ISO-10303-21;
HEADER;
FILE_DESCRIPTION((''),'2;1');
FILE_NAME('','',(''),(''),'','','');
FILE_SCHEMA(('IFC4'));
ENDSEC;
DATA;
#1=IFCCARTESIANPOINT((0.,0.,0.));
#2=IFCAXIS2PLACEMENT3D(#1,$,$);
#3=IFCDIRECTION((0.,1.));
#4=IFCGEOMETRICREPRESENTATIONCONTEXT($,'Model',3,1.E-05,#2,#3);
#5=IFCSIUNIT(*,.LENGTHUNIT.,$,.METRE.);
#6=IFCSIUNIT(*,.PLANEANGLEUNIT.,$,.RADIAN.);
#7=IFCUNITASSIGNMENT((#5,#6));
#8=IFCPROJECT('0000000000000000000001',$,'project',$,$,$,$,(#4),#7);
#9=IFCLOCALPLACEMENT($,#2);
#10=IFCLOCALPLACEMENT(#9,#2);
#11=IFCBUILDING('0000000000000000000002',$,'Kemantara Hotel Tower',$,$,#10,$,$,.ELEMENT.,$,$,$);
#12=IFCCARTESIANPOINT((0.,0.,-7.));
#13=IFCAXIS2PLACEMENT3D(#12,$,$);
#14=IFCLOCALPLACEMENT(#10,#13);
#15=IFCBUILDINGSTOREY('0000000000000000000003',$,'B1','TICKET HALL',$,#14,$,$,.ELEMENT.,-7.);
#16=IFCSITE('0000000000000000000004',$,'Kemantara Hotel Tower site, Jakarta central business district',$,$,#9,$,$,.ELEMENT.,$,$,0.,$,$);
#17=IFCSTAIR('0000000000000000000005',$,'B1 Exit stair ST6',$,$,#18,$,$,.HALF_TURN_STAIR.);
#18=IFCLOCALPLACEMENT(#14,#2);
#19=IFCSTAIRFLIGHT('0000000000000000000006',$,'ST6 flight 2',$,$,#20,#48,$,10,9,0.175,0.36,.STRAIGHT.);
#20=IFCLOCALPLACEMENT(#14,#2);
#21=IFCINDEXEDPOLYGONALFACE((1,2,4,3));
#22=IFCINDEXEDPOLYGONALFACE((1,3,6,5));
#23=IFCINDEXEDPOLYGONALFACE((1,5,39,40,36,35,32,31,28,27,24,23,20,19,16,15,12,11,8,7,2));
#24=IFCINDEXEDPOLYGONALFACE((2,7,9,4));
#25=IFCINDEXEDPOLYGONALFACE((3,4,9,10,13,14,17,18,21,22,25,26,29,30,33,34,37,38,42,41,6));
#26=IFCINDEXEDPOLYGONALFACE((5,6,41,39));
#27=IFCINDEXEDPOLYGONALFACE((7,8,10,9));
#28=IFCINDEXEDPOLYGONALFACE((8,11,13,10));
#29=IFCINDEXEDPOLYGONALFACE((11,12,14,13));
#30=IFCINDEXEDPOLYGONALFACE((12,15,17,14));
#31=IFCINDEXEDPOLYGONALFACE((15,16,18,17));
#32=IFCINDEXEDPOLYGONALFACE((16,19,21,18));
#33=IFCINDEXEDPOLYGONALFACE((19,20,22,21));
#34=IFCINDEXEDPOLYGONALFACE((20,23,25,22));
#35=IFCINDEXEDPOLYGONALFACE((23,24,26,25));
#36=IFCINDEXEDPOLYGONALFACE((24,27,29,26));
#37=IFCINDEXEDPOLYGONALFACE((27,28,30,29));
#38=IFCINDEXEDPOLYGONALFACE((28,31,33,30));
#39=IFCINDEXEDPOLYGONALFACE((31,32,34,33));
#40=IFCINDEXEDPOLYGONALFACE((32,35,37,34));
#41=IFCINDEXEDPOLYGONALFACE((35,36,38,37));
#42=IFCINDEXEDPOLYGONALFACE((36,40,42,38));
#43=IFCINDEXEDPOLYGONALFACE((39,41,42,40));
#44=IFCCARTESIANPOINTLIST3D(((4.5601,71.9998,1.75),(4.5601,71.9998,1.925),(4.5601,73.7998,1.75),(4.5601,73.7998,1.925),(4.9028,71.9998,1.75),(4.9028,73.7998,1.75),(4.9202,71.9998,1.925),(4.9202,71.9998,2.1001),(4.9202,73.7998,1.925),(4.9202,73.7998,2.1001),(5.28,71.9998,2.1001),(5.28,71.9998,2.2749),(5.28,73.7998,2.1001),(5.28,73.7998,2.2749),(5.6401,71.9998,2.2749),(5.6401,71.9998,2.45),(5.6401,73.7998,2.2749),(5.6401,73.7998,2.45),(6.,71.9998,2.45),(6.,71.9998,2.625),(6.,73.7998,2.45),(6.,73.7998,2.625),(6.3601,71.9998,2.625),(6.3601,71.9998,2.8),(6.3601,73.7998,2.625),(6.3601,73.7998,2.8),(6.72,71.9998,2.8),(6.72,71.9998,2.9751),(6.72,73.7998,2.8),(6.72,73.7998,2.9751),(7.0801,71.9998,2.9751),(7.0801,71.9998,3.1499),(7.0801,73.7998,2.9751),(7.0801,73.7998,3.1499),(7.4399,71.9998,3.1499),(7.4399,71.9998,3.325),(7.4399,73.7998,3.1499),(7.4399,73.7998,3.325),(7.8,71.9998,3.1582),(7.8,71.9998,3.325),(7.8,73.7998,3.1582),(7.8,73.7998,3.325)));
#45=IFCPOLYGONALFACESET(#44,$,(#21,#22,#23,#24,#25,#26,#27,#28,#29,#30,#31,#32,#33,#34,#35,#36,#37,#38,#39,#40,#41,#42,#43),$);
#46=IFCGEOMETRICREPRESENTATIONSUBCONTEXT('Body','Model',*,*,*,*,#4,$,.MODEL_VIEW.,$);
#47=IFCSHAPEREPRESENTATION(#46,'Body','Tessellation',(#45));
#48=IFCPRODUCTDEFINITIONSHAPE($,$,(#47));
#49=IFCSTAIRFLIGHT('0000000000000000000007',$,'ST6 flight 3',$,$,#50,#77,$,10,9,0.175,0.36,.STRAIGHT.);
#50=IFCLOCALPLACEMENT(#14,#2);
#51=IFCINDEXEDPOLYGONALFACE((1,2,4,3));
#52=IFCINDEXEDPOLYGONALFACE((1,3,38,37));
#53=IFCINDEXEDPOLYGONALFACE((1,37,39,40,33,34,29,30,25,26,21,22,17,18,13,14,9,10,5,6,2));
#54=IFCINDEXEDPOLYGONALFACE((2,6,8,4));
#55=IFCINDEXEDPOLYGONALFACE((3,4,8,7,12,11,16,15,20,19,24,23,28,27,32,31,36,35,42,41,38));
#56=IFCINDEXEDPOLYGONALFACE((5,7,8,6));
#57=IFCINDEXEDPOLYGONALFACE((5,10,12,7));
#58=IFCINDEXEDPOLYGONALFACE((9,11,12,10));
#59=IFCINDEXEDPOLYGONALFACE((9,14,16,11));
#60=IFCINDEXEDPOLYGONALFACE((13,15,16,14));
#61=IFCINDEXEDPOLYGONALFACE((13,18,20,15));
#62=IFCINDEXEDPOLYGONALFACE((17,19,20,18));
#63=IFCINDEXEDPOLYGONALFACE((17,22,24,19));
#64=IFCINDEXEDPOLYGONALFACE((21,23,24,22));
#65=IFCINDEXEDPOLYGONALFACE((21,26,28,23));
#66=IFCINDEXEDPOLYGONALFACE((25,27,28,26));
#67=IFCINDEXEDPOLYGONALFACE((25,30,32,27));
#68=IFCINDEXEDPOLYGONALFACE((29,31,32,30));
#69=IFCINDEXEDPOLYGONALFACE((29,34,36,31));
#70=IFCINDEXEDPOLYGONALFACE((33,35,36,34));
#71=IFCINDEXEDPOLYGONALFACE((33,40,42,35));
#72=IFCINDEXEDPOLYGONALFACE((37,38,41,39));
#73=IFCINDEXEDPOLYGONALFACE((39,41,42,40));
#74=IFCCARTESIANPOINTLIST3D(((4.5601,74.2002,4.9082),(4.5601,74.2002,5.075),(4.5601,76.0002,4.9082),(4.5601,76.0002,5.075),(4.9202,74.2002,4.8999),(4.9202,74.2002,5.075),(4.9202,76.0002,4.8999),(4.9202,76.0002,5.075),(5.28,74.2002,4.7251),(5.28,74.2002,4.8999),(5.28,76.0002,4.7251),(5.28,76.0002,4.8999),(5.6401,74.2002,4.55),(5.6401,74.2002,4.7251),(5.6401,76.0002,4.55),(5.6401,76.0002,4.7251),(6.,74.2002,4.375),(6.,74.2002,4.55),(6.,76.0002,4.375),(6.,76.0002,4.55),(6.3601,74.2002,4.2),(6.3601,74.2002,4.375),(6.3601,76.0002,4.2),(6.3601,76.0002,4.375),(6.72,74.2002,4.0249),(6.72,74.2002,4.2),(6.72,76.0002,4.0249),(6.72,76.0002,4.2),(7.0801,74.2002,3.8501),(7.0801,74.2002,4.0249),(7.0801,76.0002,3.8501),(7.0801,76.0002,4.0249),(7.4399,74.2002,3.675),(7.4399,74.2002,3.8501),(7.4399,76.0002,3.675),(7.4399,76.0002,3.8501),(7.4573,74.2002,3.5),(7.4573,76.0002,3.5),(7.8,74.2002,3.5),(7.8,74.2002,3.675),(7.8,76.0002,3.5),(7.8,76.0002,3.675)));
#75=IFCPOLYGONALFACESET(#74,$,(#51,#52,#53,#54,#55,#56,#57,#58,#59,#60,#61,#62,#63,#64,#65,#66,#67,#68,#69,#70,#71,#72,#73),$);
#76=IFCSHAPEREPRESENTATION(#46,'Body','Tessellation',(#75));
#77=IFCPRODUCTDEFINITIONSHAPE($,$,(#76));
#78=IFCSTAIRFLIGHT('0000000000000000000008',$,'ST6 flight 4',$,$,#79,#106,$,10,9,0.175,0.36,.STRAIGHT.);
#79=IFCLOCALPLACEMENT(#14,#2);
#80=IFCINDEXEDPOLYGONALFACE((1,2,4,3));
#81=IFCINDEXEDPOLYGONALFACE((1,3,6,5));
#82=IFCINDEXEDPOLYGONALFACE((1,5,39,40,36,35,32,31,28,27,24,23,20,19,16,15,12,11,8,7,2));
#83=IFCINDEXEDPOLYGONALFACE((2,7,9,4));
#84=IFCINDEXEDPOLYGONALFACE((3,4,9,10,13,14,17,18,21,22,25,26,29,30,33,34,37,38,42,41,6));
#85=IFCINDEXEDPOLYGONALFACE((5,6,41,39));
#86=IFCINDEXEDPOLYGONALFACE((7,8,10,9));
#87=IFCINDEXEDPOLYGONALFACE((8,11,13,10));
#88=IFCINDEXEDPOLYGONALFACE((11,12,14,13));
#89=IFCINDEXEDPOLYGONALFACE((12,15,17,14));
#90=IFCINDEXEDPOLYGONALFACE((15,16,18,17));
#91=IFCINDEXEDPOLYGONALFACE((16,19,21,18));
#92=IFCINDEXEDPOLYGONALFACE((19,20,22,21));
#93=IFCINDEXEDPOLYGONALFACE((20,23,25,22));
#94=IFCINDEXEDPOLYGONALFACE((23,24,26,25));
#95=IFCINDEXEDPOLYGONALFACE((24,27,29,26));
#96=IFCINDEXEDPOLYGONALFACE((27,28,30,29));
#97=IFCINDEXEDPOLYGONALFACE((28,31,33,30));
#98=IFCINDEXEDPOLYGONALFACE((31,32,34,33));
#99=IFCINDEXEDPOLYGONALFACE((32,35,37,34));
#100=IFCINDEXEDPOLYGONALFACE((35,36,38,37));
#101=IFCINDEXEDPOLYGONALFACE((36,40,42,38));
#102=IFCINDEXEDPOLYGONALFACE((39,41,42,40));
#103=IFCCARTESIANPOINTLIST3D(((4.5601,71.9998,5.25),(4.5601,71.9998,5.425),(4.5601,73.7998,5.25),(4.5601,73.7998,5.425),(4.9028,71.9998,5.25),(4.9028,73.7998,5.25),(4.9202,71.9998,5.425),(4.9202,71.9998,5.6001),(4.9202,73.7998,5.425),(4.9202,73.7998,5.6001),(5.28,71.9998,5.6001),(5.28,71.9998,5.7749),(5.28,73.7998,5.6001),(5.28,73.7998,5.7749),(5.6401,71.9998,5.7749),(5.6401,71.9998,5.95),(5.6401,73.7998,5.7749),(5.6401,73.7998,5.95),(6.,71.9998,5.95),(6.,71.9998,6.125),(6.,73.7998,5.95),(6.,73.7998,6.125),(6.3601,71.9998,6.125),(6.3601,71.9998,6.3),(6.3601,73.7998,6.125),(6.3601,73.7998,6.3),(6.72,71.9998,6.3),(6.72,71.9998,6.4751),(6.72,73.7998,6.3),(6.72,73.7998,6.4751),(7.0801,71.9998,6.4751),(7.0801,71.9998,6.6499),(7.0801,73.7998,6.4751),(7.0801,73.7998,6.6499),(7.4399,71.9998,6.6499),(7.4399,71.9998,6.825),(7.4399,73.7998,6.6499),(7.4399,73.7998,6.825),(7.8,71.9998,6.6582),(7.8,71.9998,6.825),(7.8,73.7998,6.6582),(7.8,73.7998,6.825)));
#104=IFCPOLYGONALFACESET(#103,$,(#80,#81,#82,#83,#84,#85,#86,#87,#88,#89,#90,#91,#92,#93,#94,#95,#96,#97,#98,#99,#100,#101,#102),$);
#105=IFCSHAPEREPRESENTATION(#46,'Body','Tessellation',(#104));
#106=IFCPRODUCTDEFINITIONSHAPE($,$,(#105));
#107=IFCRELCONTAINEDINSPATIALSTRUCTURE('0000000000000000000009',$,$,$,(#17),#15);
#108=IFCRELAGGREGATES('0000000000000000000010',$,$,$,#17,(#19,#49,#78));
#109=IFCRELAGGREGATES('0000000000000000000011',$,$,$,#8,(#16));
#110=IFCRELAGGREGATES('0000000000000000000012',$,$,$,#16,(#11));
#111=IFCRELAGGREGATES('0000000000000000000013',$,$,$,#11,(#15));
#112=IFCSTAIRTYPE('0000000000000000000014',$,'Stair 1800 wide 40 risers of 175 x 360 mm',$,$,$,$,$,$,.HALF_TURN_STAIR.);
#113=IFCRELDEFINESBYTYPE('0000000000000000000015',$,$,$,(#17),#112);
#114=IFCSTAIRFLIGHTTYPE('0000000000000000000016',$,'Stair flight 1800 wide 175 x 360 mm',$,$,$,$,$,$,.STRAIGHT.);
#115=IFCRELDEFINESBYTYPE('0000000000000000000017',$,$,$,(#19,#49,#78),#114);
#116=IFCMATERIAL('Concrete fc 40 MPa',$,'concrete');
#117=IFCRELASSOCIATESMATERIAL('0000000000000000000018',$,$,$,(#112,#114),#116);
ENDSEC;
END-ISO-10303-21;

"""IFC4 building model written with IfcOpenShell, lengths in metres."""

from ifc_helpers import new_model, si_unit, direction, frame, origin, place, context, subcontext, project, spatial, polyline, outline, extrude, material, type_object, element, aggregate, save


model = new_model("IFC4")

# Units and contexts
model_context = context("Model", 3, precision=1e-05, world=origin(), true_north=direction((0.0, 1.0)))
body_context = subcontext(model_context, "Body", "Model", "MODEL_VIEW")
ifc_project = project(units=[si_unit("LENGTHUNIT", "METRE"), si_unit("PLANEANGLEUNIT", "RADIAN")], contexts=[model_context])

# Site, building, storey
site_placement = place(None, origin())
site = spatial("IfcSite", under=ifc_project, at=site_placement, Name="Kemantara Hotel Tower site, Jakarta central business district", CompositionType="ELEMENT", RefElevation=0.0)
building_placement = place(site_placement, origin())
building = spatial("IfcBuilding", under=site, at=building_placement, Name="Kemantara Hotel Tower", CompositionType="ELEMENT")
storey_placement = place(building_placement, frame((0.0, 0.0, -7.0)))
storey = spatial("IfcBuildingStorey", under=building, at=storey_placement, Name="B1", Description="TICKET HALL", CompositionType="ELEMENT", Elevation=-7.0)

# Shared definitions
ifc_material_1 = material(Name="Concrete fc 40 MPa", Category="concrete")

# Stair, stair flights
stair_type_1 = type_object("IfcStairType", Name="Stair 1800 wide 40 risers of 175 x 360 mm", PredefinedType="HALF_TURN_STAIR", material=ifc_material_1)
stair_1_placement = place(storey_placement, origin())
stair_1 = element("IfcStair", 1, at=stair_1_placement, inside=storey, type_object=stair_type_1, Name="B1 Exit stair ST6", PredefinedType="HALF_TURN_STAIR")
stair_flight_type_1 = type_object("IfcStairFlightType", Name="Stair flight 1800 wide 175 x 360 mm", PredefinedType="STRAIGHT", material=ifc_material_1)
stair_flight_1_placement = place(storey_placement, frame((4.5601, 72.8999, 1.75), z_axis=(0.0, 0.0, 1.0), x_axis=(1.0, 0.0, 0.0)))
stair_flight_1 = element("IfcStairFlight", 2, at=stair_flight_1_placement, type_object=stair_flight_type_1, Name="ST6 flight 2", NumberOfRisers=10, NumberOfTreads=9, PredefinedType="STRAIGHT", RiserHeight=0.175, TreadLength=0.36, context=body_context, shape_type="SweptSolid", body=[
    extrude(outline(polyline([(0.0, 0.0), (0.0, 0.175), (0.3601, 0.175), (0.3601, 0.3501), (0.72, 0.3501), (0.72, 0.5249), (1.0801, 0.5249), (1.0801, 0.7), (1.4399, 0.7), (1.4399, 0.875), (1.8, 0.875), (1.8, 1.05), (2.1599, 1.05), (2.1599, 1.2251), (2.52, 1.2251), (2.52, 1.3999), (2.8799, 1.3999), (2.8799, 1.575), (3.24, 1.575), (3.24, 1.75), (3.24, 1.4082), (0.3428, 0.0), (0.0, 0.0)])), frame((0.0, 0.8999, 0.0), z_axis=(0.0, -1.0, 0.0), x_axis=(1.0, 0.0, 0.0)), (0.0, 0.0, 1.0), 1.8),
])
stair_flight_2_placement = place(storey_placement, frame((7.8, 75.1001, 3.5), z_axis=(0.0, 0.0, 1.0), x_axis=(-1.0, 0.0, 0.0)))
stair_flight_2 = element("IfcStairFlight", 3, at=stair_flight_2_placement, type_object=stair_flight_type_1, Name="ST6 flight 3", NumberOfRisers=10, NumberOfTreads=9, PredefinedType="STRAIGHT", RiserHeight=0.175, TreadLength=0.36, context=body_context, shape_type="SweptSolid", body=[
    extrude(outline(polyline([(0.0, 0.0), (0.0, 0.175), (0.3601, 0.175), (0.3601, 0.3501), (0.72, 0.3501), (0.72, 0.5249), (1.0801, 0.5249), (1.0801, 0.7), (1.4399, 0.7), (1.4399, 0.875), (1.8, 0.875), (1.8, 1.05), (2.1599, 1.05), (2.1599, 1.2251), (2.52, 1.2251), (2.52, 1.3999), (2.8799, 1.3999), (2.8799, 1.575), (3.24, 1.575), (3.24, 1.75), (3.24, 1.4082), (0.3428, 0.0), (0.0, 0.0)])), frame((0.0, 0.8999, 0.0), z_axis=(0.0, -1.0, 0.0), x_axis=(1.0, 0.0, 0.0)), (0.0, 0.0, 1.0), 1.8),
])
stair_flight_3_placement = place(storey_placement, frame((4.5601, 72.8999, 5.25), z_axis=(0.0, 0.0, 1.0), x_axis=(1.0, 0.0, 0.0)))
stair_flight_3 = element("IfcStairFlight", 4, at=stair_flight_3_placement, type_object=stair_flight_type_1, Name="ST6 flight 4", NumberOfRisers=10, NumberOfTreads=9, PredefinedType="STRAIGHT", RiserHeight=0.175, TreadLength=0.36, context=body_context, shape_type="SweptSolid", body=[
    extrude(outline(polyline([(0.0, 0.0), (0.0, 0.175), (0.3601, 0.175), (0.3601, 0.3501), (0.72, 0.3501), (0.72, 0.5249), (1.0801, 0.5249), (1.0801, 0.7), (1.4399, 0.7), (1.4399, 0.875), (1.8, 0.875), (1.8, 1.05), (2.1599, 1.05), (2.1599, 1.2251), (2.52, 1.2251), (2.52, 1.3999), (2.8799, 1.3999), (2.8799, 1.575), (3.24, 1.575), (3.24, 1.75), (3.24, 1.4082), (0.3428, 0.0), (0.0, 0.0)])), frame((0.0, 0.8999, 0.0), z_axis=(0.0, -1.0, 0.0), x_axis=(1.0, 0.0, 0.0)), (0.0, 0.0, 1.0), 1.8),
])
aggregate(stair_1, [stair_flight_1, stair_flight_2, stair_flight_3])

save(model, "model.ifc")
